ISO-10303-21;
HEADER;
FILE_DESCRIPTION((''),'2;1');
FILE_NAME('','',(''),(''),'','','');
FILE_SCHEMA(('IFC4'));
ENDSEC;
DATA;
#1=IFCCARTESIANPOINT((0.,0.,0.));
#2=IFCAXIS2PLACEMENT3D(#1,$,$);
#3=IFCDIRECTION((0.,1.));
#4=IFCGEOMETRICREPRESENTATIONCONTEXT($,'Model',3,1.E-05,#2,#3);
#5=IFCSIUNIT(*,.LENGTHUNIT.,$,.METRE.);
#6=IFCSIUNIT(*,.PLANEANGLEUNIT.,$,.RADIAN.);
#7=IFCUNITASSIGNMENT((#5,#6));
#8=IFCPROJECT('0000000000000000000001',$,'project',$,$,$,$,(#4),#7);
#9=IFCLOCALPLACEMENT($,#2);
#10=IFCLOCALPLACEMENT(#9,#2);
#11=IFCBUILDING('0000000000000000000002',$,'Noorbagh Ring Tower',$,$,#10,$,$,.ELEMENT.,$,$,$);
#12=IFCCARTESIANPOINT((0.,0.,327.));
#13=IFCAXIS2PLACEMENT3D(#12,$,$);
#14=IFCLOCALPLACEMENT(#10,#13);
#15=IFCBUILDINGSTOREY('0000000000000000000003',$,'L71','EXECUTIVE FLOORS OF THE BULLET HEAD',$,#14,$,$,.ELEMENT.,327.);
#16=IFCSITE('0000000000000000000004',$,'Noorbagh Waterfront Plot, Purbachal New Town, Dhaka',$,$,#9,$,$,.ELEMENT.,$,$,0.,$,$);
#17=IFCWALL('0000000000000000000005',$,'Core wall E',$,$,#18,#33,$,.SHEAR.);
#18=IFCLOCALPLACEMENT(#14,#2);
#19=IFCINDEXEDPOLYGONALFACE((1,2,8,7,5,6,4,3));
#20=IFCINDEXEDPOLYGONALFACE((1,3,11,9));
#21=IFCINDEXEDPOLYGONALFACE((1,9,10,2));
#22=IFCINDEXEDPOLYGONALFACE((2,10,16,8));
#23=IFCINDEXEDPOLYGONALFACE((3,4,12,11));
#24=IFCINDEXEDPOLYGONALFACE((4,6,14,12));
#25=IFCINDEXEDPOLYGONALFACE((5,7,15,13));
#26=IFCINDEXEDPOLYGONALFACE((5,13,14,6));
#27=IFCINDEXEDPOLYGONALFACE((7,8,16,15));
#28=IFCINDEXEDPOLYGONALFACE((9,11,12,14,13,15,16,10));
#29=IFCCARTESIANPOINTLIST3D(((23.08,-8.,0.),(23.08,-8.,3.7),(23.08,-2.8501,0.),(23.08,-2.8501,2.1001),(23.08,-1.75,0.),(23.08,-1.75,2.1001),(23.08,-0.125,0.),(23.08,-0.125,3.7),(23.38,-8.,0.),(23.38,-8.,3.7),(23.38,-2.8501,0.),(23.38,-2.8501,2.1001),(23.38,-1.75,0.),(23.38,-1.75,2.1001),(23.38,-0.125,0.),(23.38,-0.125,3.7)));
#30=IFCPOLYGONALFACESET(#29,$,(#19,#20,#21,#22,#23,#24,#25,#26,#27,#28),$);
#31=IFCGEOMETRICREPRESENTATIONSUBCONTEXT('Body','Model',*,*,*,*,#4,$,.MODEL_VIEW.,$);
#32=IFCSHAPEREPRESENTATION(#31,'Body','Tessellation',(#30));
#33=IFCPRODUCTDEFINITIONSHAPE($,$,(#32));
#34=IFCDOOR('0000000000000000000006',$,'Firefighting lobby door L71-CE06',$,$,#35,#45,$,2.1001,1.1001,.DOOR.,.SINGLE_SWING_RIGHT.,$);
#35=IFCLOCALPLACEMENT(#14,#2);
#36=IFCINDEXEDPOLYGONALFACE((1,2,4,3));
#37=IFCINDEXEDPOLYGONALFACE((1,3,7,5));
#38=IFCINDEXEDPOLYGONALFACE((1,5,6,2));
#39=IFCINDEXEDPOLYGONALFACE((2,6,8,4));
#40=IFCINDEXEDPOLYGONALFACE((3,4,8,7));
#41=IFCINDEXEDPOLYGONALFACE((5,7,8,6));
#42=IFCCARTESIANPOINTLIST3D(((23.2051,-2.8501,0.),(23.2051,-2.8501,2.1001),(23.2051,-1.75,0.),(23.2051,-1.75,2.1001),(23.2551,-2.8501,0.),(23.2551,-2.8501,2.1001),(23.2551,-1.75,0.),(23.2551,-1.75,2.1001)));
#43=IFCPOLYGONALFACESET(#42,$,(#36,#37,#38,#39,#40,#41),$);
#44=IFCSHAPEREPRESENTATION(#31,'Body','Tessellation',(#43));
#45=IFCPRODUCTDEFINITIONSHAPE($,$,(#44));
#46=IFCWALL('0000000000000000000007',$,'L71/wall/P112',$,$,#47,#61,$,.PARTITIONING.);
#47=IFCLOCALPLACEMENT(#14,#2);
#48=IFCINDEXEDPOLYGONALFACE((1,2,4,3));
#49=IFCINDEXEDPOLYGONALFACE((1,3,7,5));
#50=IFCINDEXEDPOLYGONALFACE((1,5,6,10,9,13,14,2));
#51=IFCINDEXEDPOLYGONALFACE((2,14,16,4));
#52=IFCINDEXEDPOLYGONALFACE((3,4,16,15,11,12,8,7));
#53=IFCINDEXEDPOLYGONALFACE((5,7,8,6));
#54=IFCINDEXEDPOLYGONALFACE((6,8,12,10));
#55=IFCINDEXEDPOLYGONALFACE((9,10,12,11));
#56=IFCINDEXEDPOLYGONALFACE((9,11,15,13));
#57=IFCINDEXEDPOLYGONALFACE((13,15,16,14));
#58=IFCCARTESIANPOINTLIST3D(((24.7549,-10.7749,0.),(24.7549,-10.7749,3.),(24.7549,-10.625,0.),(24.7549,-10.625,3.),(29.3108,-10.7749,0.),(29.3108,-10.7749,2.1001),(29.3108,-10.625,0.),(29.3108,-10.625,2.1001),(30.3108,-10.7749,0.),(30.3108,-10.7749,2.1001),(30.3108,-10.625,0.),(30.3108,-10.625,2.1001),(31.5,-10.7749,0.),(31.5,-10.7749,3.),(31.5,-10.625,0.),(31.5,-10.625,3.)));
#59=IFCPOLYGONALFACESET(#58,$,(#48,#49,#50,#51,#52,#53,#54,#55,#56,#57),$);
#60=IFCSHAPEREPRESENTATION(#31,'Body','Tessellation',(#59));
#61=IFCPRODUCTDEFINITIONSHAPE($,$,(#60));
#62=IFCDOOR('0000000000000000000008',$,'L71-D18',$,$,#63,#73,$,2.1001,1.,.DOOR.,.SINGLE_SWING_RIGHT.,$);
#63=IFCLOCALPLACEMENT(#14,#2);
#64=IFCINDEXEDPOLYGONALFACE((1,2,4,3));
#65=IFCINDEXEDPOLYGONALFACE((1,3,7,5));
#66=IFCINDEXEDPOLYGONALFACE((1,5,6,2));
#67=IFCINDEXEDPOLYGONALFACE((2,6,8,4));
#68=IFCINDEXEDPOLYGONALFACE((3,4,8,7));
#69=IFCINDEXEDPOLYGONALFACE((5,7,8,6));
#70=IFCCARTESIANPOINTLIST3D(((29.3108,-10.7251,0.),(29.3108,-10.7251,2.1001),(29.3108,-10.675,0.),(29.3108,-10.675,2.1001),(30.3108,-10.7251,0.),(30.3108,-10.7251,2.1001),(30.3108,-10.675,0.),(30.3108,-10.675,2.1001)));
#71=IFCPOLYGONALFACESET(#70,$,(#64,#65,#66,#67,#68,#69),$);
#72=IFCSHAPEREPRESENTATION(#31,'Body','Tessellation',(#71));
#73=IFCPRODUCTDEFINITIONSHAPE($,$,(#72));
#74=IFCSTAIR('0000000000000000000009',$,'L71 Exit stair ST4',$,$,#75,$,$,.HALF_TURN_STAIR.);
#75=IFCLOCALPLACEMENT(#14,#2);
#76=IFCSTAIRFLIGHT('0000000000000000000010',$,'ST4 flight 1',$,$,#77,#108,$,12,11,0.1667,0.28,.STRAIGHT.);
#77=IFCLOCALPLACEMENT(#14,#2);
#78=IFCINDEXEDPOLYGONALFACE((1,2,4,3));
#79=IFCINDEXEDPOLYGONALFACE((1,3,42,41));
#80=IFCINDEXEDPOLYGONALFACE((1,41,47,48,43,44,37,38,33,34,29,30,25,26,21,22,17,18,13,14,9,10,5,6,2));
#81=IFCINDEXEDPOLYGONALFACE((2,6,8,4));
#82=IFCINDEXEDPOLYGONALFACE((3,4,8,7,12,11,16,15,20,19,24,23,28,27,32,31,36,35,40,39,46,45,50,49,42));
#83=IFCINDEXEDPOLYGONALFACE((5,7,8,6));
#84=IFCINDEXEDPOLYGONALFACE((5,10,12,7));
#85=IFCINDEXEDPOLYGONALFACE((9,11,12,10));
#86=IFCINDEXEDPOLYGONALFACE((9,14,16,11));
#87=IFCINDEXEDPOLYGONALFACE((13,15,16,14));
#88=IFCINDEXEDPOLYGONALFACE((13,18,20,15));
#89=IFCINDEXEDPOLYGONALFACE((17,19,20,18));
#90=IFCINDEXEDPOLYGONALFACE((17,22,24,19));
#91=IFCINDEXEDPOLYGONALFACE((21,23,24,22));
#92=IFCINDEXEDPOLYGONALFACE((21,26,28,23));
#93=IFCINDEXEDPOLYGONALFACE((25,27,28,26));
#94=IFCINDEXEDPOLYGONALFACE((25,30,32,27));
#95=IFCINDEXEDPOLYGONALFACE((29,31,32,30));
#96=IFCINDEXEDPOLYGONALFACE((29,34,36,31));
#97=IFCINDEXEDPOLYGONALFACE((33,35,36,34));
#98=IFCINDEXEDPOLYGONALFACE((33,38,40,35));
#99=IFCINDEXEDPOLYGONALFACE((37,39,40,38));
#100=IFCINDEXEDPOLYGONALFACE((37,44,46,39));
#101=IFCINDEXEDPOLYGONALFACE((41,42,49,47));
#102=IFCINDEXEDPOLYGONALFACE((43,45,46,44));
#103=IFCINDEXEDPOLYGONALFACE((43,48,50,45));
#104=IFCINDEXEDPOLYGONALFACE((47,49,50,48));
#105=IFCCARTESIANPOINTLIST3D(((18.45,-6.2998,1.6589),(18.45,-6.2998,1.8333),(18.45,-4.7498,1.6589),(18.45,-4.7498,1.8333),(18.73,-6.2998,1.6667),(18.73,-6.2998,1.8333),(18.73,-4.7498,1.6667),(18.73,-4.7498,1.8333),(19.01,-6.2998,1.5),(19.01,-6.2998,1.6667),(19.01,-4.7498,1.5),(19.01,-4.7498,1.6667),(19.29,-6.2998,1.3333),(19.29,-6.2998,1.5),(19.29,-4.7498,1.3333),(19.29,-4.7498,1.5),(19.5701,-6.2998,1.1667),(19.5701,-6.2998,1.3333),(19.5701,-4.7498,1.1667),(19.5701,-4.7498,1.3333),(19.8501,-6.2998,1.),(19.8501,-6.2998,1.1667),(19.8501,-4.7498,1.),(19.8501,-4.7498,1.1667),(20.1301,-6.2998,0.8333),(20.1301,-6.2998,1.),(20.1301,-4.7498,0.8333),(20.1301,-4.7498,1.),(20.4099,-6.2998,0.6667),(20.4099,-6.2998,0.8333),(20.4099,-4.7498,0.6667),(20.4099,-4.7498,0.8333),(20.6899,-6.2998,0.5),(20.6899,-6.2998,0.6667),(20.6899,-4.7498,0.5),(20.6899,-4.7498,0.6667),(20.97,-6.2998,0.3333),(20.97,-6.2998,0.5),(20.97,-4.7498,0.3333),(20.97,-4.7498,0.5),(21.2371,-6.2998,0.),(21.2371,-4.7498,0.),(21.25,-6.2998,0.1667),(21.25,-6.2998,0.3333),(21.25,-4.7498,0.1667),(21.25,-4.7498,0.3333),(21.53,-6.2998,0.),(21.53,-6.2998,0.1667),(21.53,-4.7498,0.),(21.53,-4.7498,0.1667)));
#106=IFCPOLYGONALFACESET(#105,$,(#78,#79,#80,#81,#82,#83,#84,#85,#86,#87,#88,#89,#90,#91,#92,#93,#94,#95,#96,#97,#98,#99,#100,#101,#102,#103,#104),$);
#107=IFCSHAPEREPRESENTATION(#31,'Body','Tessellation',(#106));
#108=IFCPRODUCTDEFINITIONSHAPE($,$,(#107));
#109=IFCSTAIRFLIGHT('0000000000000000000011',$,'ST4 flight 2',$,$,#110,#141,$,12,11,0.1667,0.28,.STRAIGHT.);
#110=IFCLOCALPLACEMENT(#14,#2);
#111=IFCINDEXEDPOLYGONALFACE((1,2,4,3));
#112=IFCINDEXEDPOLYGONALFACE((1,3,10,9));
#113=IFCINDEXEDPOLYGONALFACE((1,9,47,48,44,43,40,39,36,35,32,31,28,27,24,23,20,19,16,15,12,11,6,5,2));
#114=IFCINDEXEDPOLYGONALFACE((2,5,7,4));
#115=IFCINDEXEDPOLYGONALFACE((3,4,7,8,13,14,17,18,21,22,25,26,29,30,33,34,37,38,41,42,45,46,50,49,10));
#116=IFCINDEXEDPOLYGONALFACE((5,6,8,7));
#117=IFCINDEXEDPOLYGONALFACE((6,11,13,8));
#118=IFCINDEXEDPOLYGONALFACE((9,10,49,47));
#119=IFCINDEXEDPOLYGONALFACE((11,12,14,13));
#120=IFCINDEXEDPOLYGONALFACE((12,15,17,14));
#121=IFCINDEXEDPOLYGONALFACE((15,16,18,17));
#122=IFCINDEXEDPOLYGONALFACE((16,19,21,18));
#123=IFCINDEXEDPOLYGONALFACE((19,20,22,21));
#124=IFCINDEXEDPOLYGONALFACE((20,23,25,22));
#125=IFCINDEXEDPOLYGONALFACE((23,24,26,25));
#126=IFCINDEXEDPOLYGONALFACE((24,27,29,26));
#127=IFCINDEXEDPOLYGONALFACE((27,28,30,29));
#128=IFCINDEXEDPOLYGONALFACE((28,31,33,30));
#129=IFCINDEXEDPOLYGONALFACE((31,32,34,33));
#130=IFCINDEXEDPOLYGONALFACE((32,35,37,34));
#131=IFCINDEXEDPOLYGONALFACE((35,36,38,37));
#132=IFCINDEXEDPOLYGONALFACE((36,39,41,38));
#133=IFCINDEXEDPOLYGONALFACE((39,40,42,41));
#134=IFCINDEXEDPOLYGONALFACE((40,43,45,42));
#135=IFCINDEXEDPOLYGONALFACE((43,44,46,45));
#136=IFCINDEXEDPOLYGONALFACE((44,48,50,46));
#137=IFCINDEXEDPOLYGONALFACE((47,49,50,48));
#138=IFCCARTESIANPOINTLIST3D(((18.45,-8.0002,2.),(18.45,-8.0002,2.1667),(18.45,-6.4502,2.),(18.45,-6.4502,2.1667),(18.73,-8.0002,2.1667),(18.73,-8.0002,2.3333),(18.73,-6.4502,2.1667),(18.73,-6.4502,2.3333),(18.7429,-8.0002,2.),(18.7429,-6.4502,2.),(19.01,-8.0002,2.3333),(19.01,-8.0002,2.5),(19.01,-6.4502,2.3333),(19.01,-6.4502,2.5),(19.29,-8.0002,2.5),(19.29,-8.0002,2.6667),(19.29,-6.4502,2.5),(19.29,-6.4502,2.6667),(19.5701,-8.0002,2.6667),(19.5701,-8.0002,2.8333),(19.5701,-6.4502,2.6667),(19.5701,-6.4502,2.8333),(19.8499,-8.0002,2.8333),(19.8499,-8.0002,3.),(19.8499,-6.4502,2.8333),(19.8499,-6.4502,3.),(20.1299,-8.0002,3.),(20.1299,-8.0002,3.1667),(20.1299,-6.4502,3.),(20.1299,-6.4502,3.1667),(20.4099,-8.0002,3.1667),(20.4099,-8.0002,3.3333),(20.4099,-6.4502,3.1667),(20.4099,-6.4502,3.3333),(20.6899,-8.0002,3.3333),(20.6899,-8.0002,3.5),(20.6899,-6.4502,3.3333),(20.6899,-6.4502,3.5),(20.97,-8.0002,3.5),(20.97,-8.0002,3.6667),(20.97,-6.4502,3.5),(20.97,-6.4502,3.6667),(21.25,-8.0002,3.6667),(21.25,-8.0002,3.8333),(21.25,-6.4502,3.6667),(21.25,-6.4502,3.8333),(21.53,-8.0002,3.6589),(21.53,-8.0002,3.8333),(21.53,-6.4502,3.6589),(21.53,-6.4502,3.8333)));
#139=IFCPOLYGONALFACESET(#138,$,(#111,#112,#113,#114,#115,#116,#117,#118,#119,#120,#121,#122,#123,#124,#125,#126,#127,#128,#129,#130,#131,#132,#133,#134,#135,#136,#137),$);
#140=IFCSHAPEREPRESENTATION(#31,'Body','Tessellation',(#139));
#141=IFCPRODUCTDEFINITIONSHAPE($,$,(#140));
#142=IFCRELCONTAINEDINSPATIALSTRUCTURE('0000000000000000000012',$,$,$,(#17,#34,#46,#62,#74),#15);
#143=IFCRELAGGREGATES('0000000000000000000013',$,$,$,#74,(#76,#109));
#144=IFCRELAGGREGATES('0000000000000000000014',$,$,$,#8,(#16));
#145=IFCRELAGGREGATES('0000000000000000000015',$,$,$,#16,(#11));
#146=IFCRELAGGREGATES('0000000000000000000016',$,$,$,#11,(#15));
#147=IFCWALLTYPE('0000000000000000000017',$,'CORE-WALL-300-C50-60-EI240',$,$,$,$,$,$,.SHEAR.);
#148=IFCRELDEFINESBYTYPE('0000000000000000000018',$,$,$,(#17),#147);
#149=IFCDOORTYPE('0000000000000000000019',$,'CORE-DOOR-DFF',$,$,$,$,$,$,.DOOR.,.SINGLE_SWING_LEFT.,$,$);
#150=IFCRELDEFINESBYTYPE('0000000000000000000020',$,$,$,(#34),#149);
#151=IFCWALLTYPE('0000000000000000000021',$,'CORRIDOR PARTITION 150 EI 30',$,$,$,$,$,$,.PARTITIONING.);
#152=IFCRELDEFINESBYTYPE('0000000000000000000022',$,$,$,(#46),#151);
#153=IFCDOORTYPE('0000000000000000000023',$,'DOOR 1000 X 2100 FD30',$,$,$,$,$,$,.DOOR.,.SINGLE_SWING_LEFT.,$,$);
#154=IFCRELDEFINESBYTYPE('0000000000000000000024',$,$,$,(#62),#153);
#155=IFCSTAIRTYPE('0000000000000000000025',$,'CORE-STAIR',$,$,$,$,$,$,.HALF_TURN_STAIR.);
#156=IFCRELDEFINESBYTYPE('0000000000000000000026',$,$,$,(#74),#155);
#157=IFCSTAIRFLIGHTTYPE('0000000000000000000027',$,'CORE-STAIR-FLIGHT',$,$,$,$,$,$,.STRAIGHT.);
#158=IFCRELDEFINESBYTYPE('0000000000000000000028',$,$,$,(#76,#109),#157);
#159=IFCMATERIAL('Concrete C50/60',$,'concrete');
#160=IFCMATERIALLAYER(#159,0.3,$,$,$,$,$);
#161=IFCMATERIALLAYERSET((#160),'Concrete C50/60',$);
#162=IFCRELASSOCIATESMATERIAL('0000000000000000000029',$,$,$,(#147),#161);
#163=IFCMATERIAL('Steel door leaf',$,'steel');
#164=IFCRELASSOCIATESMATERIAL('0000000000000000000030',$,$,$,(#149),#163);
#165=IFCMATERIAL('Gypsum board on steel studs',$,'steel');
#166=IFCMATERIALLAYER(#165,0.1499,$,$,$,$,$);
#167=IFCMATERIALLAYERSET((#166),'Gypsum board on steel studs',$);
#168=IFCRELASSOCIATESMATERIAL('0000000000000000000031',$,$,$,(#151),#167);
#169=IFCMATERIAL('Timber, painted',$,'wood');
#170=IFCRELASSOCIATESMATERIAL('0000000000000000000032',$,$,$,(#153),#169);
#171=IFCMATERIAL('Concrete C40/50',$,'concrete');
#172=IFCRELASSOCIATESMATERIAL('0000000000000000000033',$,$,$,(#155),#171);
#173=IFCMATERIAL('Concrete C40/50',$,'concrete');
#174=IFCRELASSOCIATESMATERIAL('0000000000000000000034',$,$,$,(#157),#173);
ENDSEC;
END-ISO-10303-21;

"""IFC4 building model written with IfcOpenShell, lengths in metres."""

from ifc_helpers import new_model, si_unit, direction, frame, frame_2d, origin, place, context, subcontext, project, spatial, polyline, rectangle, outline, extrude, material, layer, layer_set, type_object, element, fill, aggregate, save


model = new_model("IFC4")

# Units and contexts
model_context = context("Model", 3, precision=1e-05, world=origin(), true_north=direction((0.0, 1.0)))
body_context = subcontext(model_context, "Body", "Model", "MODEL_VIEW")
ifc_project = project(units=[si_unit("LENGTHUNIT", "METRE"), si_unit("PLANEANGLEUNIT", "RADIAN")], contexts=[model_context])

# Site, building, storey
site_placement = place(None, origin())
site = spatial("IfcSite", under=ifc_project, at=site_placement, Name="Noorbagh Waterfront Plot, Purbachal New Town, Dhaka", CompositionType="ELEMENT", RefElevation=0.0)
building_placement = place(site_placement, origin())
building = spatial("IfcBuilding", under=site, at=building_placement, Name="Noorbagh Ring Tower", CompositionType="ELEMENT")
storey_placement = place(building_placement, frame((0.0, 0.0, 327.0)))
storey = spatial("IfcBuildingStorey", under=building, at=storey_placement, Name="L71", Description="EXECUTIVE FLOORS OF THE BULLET HEAD", CompositionType="ELEMENT", Elevation=327.0)

# Walls, openings, doors
ifc_material_1 = material(Name="Concrete C50/60", Category="concrete")
ifc_layer_1 = layer(ifc_material_1, 0.3)
ifc_layer_set_1 = layer_set([ifc_layer_1], Name="Concrete C50/60")
wall_type_1 = type_object("IfcWallType", Name="CORE-WALL-300-C50-60-EI240", PredefinedType="SHEAR", material=ifc_layer_set_1)
wall_1_placement = place(storey_placement, frame((23.23, -8.0, 0.0), z_axis=(0.0, 0.0, 1.0), x_axis=(0.0, 1.0, 0.0)))
wall_1 = element("IfcWall", 1, at=wall_1_placement, inside=storey, type_object=wall_type_1, Name="Core wall E", PredefinedType="SHEAR", context=body_context, shape_type="SweptSolid", body=[
    extrude(rectangle(XDim=7.875, YDim=0.3, at=frame_2d((3.9375, 0.0))), origin(), (0.0, 0.0, 1.0), 3.7),
])
opening_1_placement = place(wall_1_placement, frame((5.1499, 0.0, 0.0)))
opening_1 = element("IfcOpeningElement", 2, at=opening_1_placement, cuts=wall_1, PredefinedType="OPENING", context=body_context, shape_type="SweptSolid", body=[
    extrude(rectangle(XDim=1.1001, YDim=2.1001, at=frame_2d((0.55, 1.05))), frame((0.0, 0.1602, 0.0), z_axis=(0.0, -1.0, 0.0), x_axis=(1.0, 0.0, 0.0)), (0.0, 0.0, 1.0), 0.3201),
])
ifc_material_2 = material(Name="Steel door leaf", Category="steel")
door_type_1 = type_object("IfcDoorType", Name="CORE-DOOR-DFF", OperationType="SINGLE_SWING_LEFT", PredefinedType="DOOR", material=ifc_material_2)
door_1_placement = place(opening_1_placement, origin())
door_1 = element("IfcDoor", 3, at=door_1_placement, inside=storey, type_object=door_type_1, Name="Firefighting lobby door L71-CE06", OperationType="SINGLE_SWING_RIGHT", OverallHeight=2.1001, OverallWidth=1.1001, PredefinedType="DOOR", context=body_context, shape_type="SweptSolid", body=[
    extrude(rectangle(XDim=1.1001, YDim=2.1001, at=frame_2d((0.55, 1.05))), frame((0.0, 0.0249, 0.0), z_axis=(0.0, -1.0, 0.0), x_axis=(1.0, 0.0, 0.0)), (0.0, 0.0, 1.0), 0.05),
])
fill(opening_1, door_1)
ifc_material_3 = material(Name="Gypsum board on steel studs", Category="steel")
ifc_layer_2 = layer(ifc_material_3, 0.1499)
ifc_layer_set_2 = layer_set([ifc_layer_2], Name="Gypsum board on steel studs")
wall_type_2 = type_object("IfcWallType", Name="CORRIDOR PARTITION 150 EI 30", PredefinedType="PARTITIONING", material=ifc_layer_set_2)
wall_2_placement = place(storey_placement, frame((24.7549, -10.7, 0.0), z_axis=(0.0, 0.0, 1.0), x_axis=(1.0, 0.0, 0.0)))
wall_2 = element("IfcWall", 4, at=wall_2_placement, inside=storey, type_object=wall_type_2, Name="L71/wall/P112", PredefinedType="PARTITIONING", context=body_context, shape_type="SweptSolid", body=[
    extrude(rectangle(XDim=6.7451, YDim=0.1499, at=frame_2d((3.3726, 0.0))), origin(), (0.0, 0.0, 1.0), 3.0),
])
opening_2_placement = place(wall_2_placement, frame((4.5559, 0.0, 0.0)))
opening_2 = element("IfcOpeningElement", 5, at=opening_2_placement, cuts=wall_2, PredefinedType="OPENING", context=body_context, shape_type="SweptSolid", body=[
    extrude(rectangle(XDim=1.0, YDim=2.1001, at=frame_2d((0.5, 1.05))), frame((0.0, 0.085, 0.0), z_axis=(0.0, -1.0, 0.0), x_axis=(1.0, 0.0, 0.0)), (0.0, 0.0, 1.0), 0.1699),
])
ifc_material_4 = material(Name="Timber, painted", Category="wood")
door_type_2 = type_object("IfcDoorType", Name="DOOR 1000 X 2100 FD30", OperationType="SINGLE_SWING_LEFT", PredefinedType="DOOR", material=ifc_material_4)
door_2_placement = place(opening_2_placement, origin())
door_2 = element("IfcDoor", 6, at=door_2_placement, inside=storey, type_object=door_type_2, Name="L71-D18", OperationType="SINGLE_SWING_RIGHT", OverallHeight=2.1001, OverallWidth=1.0, PredefinedType="DOOR", context=body_context, shape_type="SweptSolid", body=[
    extrude(rectangle(XDim=1.0, YDim=2.1001, at=frame_2d((0.5, 1.05))), frame((0.0, 0.0249, 0.0), z_axis=(0.0, -1.0, 0.0), x_axis=(1.0, 0.0, 0.0)), (0.0, 0.0, 1.0), 0.05),
])
fill(opening_2, door_2)

# Stair, stair flights
ifc_material_5 = material(Name="Concrete C40/50", Category="concrete")
stair_type = type_object("IfcStairType", Name="CORE-STAIR", PredefinedType="HALF_TURN_STAIR", material=ifc_material_5)
stair_placement = place(storey_placement, origin())
stair = element("IfcStair", 7, at=stair_placement, inside=storey, type_object=stair_type, Name="L71 Exit stair ST4", PredefinedType="HALF_TURN_STAIR")
ifc_material_6 = material(Name="Concrete C40/50", Category="concrete")
stair_flight_type = type_object("IfcStairFlightType", Name="CORE-STAIR-FLIGHT", PredefinedType="STRAIGHT", material=ifc_material_6)
stair_flight_1_placement = place(storey_placement, frame((21.53, -5.5249, 0.0), z_axis=(0.0, 0.0, 1.0), x_axis=(-1.0, 0.0, 0.0)))
stair_flight_1 = element("IfcStairFlight", 8, at=stair_flight_1_placement, type_object=stair_flight_type, Name="ST4 flight 1", NumberOfRisers=12, NumberOfTreads=11, PredefinedType="STRAIGHT", RiserHeight=0.1667, TreadLength=0.28, context=body_context, shape_type="SweptSolid", body=[
    extrude(outline(polyline([(0.0, 0.0), (0.0, 0.1667), (0.28, 0.1667), (0.28, 0.3333), (0.5601, 0.3333), (0.5601, 0.5), (0.8401, 0.5), (0.8401, 0.6667), (1.1201, 0.6667), (1.1201, 0.8333), (1.3999, 0.8333), (1.3999, 1.0), (1.6799, 1.0), (1.6799, 1.1667), (1.96, 1.1667), (1.96, 1.3333), (2.24, 1.3333), (2.24, 1.5), (2.52, 1.5), (2.52, 1.6667), (2.8, 1.6667), (2.8, 1.8333), (3.0801, 1.8333), (3.0801, 2.0), (3.0801, 1.6589), (0.293, 0.0), (0.0, 0.0)])), frame((0.0, 0.7749, 0.0), z_axis=(0.0, -1.0, 0.0), x_axis=(1.0, 0.0, 0.0)), (0.0, 0.0, 1.0), 1.55),
])
stair_flight_2_placement = place(storey_placement, frame((18.45, -7.2251, 2.0), z_axis=(0.0, 0.0, 1.0), x_axis=(1.0, 0.0, 0.0)))
stair_flight_2 = element("IfcStairFlight", 9, at=stair_flight_2_placement, type_object=stair_flight_type, Name="ST4 flight 2", NumberOfRisers=12, NumberOfTreads=11, PredefinedType="STRAIGHT", RiserHeight=0.1667, TreadLength=0.28, context=body_context, shape_type="SweptSolid", body=[
    extrude(outline(polyline([(0.0, 0.0), (0.0, 0.1667), (0.28, 0.1667), (0.28, 0.3333), (0.5601, 0.3333), (0.5601, 0.5), (0.8401, 0.5), (0.8401, 0.6667), (1.1201, 0.6667), (1.1201, 0.8333), (1.3999, 0.8333), (1.3999, 1.0), (1.6799, 1.0), (1.6799, 1.1667), (1.96, 1.1667), (1.96, 1.3333), (2.24, 1.3333), (2.24, 1.5), (2.52, 1.5), (2.52, 1.6667), (2.8, 1.6667), (2.8, 1.8333), (3.0801, 1.8333), (3.0801, 2.0), (3.0801, 1.6589), (0.293, 0.0), (0.0, 0.0)])), frame((0.0, 0.7749, 0.0), z_axis=(0.0, -1.0, 0.0), x_axis=(1.0, 0.0, 0.0)), (0.0, 0.0, 1.0), 1.55),
])
aggregate(stair, [stair_flight_1, stair_flight_2])

save(model, "model.ifc")
